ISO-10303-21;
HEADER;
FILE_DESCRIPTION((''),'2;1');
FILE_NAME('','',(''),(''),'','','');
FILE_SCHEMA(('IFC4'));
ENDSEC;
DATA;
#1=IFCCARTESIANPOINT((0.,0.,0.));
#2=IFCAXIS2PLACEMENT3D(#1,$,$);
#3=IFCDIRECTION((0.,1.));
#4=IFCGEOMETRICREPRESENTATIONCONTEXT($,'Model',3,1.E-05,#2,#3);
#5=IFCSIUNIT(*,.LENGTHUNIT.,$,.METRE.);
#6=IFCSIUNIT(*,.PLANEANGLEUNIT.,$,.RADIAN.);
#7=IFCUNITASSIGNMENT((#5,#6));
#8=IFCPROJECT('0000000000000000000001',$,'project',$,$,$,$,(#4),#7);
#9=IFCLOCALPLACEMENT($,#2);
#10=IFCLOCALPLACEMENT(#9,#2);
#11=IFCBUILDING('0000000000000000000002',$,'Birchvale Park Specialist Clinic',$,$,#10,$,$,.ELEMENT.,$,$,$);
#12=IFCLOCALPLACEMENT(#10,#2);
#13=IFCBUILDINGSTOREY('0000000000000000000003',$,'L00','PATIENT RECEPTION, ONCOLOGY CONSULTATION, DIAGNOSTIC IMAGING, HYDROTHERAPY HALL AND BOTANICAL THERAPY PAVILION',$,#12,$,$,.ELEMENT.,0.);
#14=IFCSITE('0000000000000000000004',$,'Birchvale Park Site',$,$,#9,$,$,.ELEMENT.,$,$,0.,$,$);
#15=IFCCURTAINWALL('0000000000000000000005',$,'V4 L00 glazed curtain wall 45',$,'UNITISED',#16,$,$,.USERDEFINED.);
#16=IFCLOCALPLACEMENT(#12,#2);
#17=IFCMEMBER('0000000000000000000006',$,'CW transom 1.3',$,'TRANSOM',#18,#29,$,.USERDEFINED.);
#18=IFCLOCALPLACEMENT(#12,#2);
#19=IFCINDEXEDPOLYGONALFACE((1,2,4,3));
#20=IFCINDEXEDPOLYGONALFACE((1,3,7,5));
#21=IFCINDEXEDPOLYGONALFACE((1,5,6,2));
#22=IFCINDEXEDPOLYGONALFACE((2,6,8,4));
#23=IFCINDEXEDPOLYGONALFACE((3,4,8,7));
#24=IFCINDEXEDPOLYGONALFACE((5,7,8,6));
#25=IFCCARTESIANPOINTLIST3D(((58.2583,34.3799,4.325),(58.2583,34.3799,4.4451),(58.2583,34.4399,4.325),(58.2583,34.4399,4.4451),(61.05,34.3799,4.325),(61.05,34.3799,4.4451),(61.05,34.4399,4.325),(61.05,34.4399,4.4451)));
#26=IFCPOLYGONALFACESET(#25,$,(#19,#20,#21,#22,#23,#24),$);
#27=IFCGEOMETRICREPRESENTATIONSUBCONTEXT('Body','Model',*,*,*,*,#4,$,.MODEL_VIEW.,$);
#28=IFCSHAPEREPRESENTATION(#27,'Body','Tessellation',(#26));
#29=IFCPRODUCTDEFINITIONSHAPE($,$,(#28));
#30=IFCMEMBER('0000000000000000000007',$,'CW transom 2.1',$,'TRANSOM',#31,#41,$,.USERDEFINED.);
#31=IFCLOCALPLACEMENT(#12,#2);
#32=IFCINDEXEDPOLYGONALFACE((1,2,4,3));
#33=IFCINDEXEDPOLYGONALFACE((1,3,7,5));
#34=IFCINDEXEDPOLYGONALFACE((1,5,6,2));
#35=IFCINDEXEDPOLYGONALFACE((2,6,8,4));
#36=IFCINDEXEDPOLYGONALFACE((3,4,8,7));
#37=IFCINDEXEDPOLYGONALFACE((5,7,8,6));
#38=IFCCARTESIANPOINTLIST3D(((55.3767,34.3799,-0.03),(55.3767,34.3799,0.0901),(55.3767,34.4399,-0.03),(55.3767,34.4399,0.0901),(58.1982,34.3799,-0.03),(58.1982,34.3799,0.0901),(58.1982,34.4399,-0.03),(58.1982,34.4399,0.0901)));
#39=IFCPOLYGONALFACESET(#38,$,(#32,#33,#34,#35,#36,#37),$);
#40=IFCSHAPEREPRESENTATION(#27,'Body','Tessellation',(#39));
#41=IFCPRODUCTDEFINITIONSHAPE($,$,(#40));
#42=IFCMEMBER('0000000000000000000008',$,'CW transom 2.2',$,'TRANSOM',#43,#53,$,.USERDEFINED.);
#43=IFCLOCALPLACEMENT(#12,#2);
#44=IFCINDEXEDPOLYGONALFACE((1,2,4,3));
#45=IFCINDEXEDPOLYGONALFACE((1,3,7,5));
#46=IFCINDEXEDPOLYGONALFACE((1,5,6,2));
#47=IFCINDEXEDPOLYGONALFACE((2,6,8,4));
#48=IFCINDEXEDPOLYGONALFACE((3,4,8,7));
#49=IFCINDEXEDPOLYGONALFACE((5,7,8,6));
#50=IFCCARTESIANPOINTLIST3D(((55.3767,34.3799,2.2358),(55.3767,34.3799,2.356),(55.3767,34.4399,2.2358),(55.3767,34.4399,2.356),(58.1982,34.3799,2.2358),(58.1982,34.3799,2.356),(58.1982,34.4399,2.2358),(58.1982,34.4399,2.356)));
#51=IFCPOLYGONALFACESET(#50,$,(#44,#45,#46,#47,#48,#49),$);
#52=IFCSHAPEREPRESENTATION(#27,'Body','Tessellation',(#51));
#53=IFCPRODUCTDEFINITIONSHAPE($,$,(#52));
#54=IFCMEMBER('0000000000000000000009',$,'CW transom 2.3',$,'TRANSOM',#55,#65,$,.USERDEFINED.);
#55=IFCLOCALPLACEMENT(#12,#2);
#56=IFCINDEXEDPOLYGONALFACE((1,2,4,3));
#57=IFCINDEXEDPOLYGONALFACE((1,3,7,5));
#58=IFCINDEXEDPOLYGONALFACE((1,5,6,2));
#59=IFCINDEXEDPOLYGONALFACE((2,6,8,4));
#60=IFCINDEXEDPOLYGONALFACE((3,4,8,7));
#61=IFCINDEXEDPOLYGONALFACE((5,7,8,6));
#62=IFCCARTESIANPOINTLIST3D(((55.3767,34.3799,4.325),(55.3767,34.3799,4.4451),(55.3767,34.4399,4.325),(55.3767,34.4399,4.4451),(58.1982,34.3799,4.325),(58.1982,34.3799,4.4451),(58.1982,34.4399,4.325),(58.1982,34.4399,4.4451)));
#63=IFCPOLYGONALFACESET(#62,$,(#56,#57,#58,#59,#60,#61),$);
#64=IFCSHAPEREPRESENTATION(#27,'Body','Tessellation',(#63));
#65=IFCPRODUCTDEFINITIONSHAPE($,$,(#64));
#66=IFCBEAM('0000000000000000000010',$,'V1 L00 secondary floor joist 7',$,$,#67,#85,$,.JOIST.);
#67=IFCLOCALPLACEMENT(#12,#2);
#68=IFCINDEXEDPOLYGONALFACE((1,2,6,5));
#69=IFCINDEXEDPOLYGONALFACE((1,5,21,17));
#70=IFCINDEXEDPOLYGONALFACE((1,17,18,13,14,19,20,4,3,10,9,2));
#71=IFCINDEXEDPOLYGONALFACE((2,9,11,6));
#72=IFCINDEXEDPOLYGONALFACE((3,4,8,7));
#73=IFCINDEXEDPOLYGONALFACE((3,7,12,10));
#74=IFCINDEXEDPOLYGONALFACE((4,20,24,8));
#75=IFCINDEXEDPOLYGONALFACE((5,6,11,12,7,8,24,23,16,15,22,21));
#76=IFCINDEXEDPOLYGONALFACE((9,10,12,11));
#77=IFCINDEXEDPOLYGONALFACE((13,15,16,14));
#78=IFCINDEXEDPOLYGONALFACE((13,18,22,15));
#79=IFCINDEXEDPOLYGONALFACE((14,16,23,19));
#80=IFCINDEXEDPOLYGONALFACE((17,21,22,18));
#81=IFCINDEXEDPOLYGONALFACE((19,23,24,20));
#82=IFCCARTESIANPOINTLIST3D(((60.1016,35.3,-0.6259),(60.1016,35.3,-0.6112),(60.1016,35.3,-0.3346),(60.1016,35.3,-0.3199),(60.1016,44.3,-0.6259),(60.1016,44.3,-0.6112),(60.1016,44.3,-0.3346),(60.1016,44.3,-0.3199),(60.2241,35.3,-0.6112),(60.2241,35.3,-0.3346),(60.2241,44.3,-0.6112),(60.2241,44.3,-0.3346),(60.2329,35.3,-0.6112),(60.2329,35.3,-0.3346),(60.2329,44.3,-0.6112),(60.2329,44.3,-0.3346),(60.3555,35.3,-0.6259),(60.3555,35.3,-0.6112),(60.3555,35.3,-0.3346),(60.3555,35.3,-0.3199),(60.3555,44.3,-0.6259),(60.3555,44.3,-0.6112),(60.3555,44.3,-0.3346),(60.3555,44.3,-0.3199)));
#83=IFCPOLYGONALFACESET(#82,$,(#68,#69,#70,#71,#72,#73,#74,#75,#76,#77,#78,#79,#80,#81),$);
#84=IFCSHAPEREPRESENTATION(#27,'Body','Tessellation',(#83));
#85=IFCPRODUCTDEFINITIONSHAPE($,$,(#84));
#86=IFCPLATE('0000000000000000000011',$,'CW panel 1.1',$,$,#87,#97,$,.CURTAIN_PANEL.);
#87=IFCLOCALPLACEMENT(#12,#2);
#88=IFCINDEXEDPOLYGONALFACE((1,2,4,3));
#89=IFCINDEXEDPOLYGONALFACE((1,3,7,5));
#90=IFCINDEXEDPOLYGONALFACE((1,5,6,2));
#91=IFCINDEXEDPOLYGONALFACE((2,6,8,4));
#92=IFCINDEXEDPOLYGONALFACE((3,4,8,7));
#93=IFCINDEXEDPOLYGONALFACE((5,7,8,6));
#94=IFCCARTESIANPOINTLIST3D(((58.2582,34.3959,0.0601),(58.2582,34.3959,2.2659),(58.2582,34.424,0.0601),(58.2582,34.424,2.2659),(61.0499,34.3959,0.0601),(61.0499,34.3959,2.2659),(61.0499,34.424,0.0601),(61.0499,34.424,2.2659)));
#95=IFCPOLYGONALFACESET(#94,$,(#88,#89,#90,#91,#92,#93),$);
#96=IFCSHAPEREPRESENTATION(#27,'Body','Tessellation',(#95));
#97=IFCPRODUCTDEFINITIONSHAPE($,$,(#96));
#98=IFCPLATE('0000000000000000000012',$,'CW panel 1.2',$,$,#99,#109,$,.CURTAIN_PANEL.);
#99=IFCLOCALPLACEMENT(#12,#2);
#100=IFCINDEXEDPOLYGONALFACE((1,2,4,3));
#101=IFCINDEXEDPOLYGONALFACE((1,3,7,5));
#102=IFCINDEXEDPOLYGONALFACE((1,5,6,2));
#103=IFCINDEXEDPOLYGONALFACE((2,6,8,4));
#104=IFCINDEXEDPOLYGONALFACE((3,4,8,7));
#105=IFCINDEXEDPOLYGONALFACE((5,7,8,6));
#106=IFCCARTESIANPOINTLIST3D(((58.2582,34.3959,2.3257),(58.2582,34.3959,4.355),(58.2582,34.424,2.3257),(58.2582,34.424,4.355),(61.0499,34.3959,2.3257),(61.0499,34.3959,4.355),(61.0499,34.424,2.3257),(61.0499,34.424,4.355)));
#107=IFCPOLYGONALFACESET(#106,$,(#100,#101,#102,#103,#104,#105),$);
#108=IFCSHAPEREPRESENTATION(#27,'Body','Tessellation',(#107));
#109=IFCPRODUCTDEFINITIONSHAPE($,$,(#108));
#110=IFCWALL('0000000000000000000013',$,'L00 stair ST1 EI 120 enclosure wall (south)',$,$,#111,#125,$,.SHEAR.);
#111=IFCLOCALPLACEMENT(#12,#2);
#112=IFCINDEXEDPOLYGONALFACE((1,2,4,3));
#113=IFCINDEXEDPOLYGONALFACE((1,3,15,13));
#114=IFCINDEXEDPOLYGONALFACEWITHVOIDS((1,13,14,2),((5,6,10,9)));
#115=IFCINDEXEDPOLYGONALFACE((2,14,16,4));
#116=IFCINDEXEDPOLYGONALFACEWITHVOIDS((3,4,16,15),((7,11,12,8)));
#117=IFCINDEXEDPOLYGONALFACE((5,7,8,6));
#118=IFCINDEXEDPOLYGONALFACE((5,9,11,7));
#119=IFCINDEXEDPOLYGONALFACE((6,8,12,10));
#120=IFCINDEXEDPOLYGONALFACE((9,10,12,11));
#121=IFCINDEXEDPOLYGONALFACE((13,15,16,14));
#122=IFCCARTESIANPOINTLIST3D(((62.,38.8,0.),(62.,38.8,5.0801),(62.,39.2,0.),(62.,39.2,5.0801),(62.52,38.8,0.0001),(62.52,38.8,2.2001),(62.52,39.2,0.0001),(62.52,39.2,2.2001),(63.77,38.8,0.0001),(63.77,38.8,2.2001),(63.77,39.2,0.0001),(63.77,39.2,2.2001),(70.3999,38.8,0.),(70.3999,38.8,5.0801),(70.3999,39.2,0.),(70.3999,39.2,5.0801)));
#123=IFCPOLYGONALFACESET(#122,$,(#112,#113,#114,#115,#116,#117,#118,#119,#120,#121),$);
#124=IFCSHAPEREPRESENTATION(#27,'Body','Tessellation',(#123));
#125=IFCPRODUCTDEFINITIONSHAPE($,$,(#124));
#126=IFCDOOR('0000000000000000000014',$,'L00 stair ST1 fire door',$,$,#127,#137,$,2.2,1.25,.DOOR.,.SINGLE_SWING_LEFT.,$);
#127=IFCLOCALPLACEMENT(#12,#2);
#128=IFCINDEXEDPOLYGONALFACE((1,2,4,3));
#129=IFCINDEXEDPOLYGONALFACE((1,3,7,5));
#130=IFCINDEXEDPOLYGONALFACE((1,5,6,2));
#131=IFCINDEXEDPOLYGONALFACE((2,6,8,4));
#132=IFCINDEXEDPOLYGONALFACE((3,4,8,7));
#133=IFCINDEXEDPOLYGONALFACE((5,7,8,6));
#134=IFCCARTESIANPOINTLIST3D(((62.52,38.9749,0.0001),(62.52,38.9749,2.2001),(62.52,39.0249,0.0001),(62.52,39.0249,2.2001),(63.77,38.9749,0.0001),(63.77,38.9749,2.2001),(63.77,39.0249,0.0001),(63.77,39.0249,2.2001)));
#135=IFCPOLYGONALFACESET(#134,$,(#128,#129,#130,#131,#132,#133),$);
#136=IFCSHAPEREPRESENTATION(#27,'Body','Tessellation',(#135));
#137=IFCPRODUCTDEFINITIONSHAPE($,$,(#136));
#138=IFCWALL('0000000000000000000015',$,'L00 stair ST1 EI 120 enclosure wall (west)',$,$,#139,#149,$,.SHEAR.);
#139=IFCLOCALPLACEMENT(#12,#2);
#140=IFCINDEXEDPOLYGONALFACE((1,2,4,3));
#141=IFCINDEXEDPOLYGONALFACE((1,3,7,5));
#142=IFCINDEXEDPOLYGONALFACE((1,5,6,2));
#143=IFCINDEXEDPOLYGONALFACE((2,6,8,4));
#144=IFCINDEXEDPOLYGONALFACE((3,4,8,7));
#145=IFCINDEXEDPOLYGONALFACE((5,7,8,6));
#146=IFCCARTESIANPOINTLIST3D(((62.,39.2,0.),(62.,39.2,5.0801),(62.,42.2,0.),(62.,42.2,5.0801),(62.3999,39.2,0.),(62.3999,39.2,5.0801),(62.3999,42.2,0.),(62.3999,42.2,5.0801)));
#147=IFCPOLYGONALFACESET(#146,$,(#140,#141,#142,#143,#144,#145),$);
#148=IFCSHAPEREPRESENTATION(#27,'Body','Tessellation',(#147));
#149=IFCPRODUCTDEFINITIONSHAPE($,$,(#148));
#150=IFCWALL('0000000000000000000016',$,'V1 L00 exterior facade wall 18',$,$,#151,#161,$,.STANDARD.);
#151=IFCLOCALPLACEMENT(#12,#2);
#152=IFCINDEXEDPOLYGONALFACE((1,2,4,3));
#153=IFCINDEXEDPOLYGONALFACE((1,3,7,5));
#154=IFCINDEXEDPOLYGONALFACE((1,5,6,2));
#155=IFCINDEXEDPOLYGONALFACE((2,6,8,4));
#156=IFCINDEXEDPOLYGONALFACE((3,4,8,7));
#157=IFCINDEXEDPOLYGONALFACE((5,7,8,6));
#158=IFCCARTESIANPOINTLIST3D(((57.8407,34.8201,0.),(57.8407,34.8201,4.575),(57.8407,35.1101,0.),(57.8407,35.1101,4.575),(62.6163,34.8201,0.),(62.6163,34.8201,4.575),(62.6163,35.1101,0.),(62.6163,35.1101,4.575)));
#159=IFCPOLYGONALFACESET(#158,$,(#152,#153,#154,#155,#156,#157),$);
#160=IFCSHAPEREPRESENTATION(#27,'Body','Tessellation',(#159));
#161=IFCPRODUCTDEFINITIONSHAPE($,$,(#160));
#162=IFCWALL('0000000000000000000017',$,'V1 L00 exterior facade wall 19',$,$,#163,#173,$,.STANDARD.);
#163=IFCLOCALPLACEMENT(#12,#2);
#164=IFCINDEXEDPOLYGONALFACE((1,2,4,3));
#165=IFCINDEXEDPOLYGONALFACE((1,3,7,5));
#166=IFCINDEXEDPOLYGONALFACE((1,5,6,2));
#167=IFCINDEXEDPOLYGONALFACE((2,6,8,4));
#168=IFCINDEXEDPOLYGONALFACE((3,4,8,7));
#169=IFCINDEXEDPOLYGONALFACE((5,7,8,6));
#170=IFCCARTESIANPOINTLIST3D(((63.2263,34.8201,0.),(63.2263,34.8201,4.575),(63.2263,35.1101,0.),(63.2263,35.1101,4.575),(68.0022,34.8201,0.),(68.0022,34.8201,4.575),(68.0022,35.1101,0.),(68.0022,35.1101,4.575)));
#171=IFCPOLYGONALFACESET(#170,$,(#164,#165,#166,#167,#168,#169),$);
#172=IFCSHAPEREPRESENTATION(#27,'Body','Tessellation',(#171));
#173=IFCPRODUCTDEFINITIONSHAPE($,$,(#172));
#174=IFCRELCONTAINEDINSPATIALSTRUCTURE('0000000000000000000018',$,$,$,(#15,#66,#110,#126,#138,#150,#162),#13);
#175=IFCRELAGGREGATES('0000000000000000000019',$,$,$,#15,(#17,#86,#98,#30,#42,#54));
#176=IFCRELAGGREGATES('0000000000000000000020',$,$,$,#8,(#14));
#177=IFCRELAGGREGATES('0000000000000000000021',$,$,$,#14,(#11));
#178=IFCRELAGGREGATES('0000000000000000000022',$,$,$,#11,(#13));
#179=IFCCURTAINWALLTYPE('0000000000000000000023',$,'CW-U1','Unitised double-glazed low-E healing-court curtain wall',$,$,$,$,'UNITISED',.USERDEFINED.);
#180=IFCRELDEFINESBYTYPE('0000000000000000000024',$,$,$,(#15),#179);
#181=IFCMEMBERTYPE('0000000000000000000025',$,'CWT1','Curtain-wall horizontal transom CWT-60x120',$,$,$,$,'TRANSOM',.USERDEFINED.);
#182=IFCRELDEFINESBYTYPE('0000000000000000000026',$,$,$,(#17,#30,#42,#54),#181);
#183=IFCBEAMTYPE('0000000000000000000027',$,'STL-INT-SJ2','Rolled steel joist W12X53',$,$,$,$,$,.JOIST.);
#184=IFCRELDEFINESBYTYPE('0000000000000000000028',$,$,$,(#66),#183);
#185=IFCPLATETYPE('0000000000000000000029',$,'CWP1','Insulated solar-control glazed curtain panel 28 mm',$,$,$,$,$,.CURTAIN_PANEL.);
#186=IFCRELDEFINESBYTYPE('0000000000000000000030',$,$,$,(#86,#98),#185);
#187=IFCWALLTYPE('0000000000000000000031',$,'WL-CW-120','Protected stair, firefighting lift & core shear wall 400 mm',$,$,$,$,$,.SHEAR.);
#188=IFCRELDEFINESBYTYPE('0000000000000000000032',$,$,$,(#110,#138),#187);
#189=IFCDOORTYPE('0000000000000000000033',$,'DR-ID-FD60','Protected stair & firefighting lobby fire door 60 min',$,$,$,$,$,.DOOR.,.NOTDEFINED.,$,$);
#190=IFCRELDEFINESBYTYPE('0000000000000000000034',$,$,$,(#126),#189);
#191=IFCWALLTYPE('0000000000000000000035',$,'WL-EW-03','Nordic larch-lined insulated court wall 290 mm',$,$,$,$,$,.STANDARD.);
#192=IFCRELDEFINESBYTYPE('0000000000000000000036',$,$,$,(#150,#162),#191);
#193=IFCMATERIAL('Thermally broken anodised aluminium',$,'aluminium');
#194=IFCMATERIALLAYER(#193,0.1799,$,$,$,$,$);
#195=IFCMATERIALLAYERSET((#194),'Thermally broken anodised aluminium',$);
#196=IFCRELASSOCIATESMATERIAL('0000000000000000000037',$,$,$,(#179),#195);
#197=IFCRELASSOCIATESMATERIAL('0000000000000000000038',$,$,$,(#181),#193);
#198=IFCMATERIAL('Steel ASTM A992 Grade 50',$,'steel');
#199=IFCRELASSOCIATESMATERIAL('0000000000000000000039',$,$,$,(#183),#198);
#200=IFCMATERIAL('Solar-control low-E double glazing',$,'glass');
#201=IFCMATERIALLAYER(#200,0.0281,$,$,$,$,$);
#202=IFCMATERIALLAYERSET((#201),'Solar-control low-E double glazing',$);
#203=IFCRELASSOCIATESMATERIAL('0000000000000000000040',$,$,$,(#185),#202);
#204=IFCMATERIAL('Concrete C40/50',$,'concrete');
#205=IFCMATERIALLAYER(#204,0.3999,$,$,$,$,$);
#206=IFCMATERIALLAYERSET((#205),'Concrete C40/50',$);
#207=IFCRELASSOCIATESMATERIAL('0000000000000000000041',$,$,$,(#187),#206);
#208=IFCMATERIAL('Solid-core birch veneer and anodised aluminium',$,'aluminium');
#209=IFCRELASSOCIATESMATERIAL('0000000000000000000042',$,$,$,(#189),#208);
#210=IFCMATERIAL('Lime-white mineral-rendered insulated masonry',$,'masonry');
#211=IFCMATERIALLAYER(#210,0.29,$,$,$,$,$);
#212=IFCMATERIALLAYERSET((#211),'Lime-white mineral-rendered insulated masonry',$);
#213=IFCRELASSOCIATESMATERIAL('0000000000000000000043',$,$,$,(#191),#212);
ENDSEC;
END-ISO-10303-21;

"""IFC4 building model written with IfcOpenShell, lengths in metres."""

from ifc_helpers import new_model, si_unit, direction, frame, frame_2d, origin, origin_2d, place, context, subcontext, project, spatial, rectangle, i_section, extrude, material, layer, layer_set, material_profile, profile_set, type_object, element, fill, aggregate, save


model = new_model("IFC4")

# Units and contexts
model_context = context("Model", 3, precision=1e-05, world=origin(), true_north=direction((0.0, 1.0)))
body_context = subcontext(model_context, "Body", "Model", "MODEL_VIEW")
ifc_project = project(units=[si_unit("LENGTHUNIT", "METRE"), si_unit("PLANEANGLEUNIT", "RADIAN")], contexts=[model_context])

# Site, building, storey
site_placement = place(None, origin())
site = spatial("IfcSite", under=ifc_project, at=site_placement, Name="Birchvale Park Site", CompositionType="ELEMENT", RefElevation=0.0)
building_placement = place(site_placement, origin())
building = spatial("IfcBuilding", under=site, at=building_placement, Name="Birchvale Park Specialist Clinic", CompositionType="ELEMENT")
storey_placement = place(building_placement, origin())
storey = spatial("IfcBuildingStorey", under=building, at=storey_placement, Name="L00", Description="PATIENT RECEPTION, ONCOLOGY CONSULTATION, DIAGNOSTIC IMAGING, HYDROTHERAPY HALL AND BOTANICAL THERAPY PAVILION", CompositionType="ELEMENT", Elevation=0.0)

# Shared definitions
ifc_material_1 = material(Name="Concrete C40/50", Category="concrete")

# Curtain wall, members
ifc_material_2 = material(Name="Thermally broken anodised aluminium", Category="aluminium")
ifc_layer_1 = layer(ifc_material_2, 0.1799)
ifc_layer_set_1 = layer_set([ifc_layer_1], Name="Thermally broken anodised aluminium")
curtain_wall_type = type_object("IfcCurtainWallType", Name="CW-U1", Description="Unitised double-glazed low-E healing-court curtain wall", ElementType="UNITISED", PredefinedType="USERDEFINED", material=ifc_layer_set_1)
curtain_wall_placement = place(storey_placement, origin())
curtain_wall = element("IfcCurtainWall", 1, at=curtain_wall_placement, inside=storey, type_object=curtain_wall_type, Name="V4 L00 glazed curtain wall 45", ObjectType="UNITISED", PredefinedType="USERDEFINED")
ifc_material_profile_1 = material_profile(ifc_material_2, rectangle(XDim=0.0601, YDim=0.1201, at=origin_2d()), Name="CWT-60x120")
ifc_profile_set_1 = profile_set([ifc_material_profile_1], Name="Thermally broken anodised aluminium")
member_type_1 = type_object("IfcMemberType", Name="CWT1", Description="Curtain-wall horizontal transom CWT-60x120", ElementType="TRANSOM", PredefinedType="USERDEFINED", material=ifc_profile_set_1)
member_1_placement = place(storey_placement, frame((61.05, 34.4099, 4.385), z_axis=(-1.0, 0.0, 0.0), x_axis=(0.0, -1.0, 0.0)))
member_1 = element("IfcMember", 2, at=member_1_placement, type_object=member_type_1, Name="CW transom 1.3", ObjectType="TRANSOM", PredefinedType="USERDEFINED", context=body_context, shape_type="SweptSolid", body=[
    extrude(rectangle(XDim=0.0601, YDim=0.1201, at=origin_2d()), origin(), (0.0, 0.0, 1.0), 2.7917),
])
member_2_placement = place(storey_placement, frame((58.1982, 34.4099, 0.03), z_axis=(-1.0, 0.0, 0.0), x_axis=(0.0, -1.0, 0.0)))
member_2 = element("IfcMember", 3, at=member_2_placement, type_object=member_type_1, Name="CW transom 2.1", ObjectType="TRANSOM", PredefinedType="USERDEFINED", context=body_context, shape_type="SweptSolid", body=[
    extrude(rectangle(XDim=0.0601, YDim=0.1201, at=origin_2d()), origin(), (0.0, 0.0, 1.0), 2.8215),
])
member_3_placement = place(storey_placement, frame((58.1982, 34.4099, 2.2959), z_axis=(-1.0, 0.0, 0.0), x_axis=(0.0, -1.0, 0.0)))
member_3 = element("IfcMember", 4, at=member_3_placement, type_object=member_type_1, Name="CW transom 2.2", ObjectType="TRANSOM", PredefinedType="USERDEFINED", context=body_context, shape_type="SweptSolid", body=[
    extrude(rectangle(XDim=0.0601, YDim=0.1201, at=origin_2d()), origin(), (0.0, 0.0, 1.0), 2.8215),
])
member_4_placement = place(storey_placement, frame((58.1982, 34.4099, 4.385), z_axis=(-1.0, 0.0, 0.0), x_axis=(0.0, -1.0, 0.0)))
member_4 = element("IfcMember", 5, at=member_4_placement, type_object=member_type_1, Name="CW transom 2.3", ObjectType="TRANSOM", PredefinedType="USERDEFINED", context=body_context, shape_type="SweptSolid", body=[
    extrude(rectangle(XDim=0.0601, YDim=0.1201, at=origin_2d()), origin(), (0.0, 0.0, 1.0), 2.8215),
])

# Beam
ifc_material_3 = material(Name="Steel ASTM A992 Grade 50", Category="steel")
ifc_material_profile_2 = material_profile(ifc_material_3, i_section(OverallWidth=0.2539, OverallDepth=0.3059, WebThickness=0.0088, FlangeThickness=0.0146, at=origin_2d()), Name="W12X53")
ifc_profile_set_2 = profile_set([ifc_material_profile_2], Name="Steel ASTM A992 Grade 50")
beam_type_1 = type_object("IfcBeamType", Name="STL-INT-SJ2", Description="Rolled steel joist W12X53", PredefinedType="JOIST", material=ifc_profile_set_2)
beam_1_placement = place(storey_placement, frame((60.2285, 35.3, -0.4729), z_axis=(0.0, 1.0, 0.0), x_axis=(-1.0, 0.0, 0.0)))
element("IfcBeam", 6, at=beam_1_placement, inside=storey, type_object=beam_type_1, Name="V1 L00 secondary floor joist 7", PredefinedType="JOIST", context=body_context, shape_type="SweptSolid", body=[
    extrude(i_section(OverallWidth=0.2539, OverallDepth=0.3059, WebThickness=0.0088, FlangeThickness=0.0146, at=origin_2d()), origin(), (0.0, 0.0, 1.0), 9.0),
])

# Plates
ifc_material_4 = material(Name="Solar-control low-E double glazing", Category="glass")
ifc_layer_2 = layer(ifc_material_4, 0.0281)
ifc_layer_set_2 = layer_set([ifc_layer_2], Name="Solar-control low-E double glazing")
plate_type = type_object("IfcPlateType", Name="CWP1", Description="Insulated solar-control glazed curtain panel 28 mm", PredefinedType="CURTAIN_PANEL", material=ifc_layer_set_2)
plate_1_placement = place(storey_placement, frame((59.6541, 34.4099, 0.0601), z_axis=(0.0, 0.0, 1.0), x_axis=(-1.0, 0.0, 0.0)))
plate_1 = element("IfcPlate", 7, at=plate_1_placement, type_object=plate_type, Name="CW panel 1.1", PredefinedType="CURTAIN_PANEL", context=body_context, shape_type="SweptSolid", body=[
    extrude(rectangle(XDim=2.7917, YDim=0.0281, at=origin_2d()), origin(), (0.0, 0.0, 1.0), 2.2058),
])
plate_2_placement = place(storey_placement, frame((59.6541, 34.4099, 2.3257), z_axis=(0.0, 0.0, 1.0), x_axis=(-1.0, 0.0, 0.0)))
plate_2 = element("IfcPlate", 8, at=plate_2_placement, type_object=plate_type, Name="CW panel 1.2", PredefinedType="CURTAIN_PANEL", context=body_context, shape_type="SweptSolid", body=[
    extrude(rectangle(XDim=2.7917, YDim=0.0281, at=origin_2d()), origin(), (0.0, 0.0, 1.0), 2.0293),
])
aggregate(curtain_wall, [member_1, plate_1, plate_2, member_2, member_3, member_4])

# Wall, opening, door
ifc_layer_3 = layer(ifc_material_1, 0.3999)
ifc_layer_set_3 = layer_set([ifc_layer_3], Name="Concrete C40/50")
wall_type_1 = type_object("IfcWallType", Name="WL-CW-120", Description="Protected stair, firefighting lift & core shear wall 400 mm", PredefinedType="SHEAR", material=ifc_layer_set_3)
wall_1_placement = place(storey_placement, frame((62.0, 39.0, 0.0), z_axis=(0.0, 0.0, 1.0), x_axis=(1.0, 0.0, 0.0)))
wall_1 = element("IfcWall", 9, at=wall_1_placement, inside=storey, type_object=wall_type_1, Name="L00 stair ST1 EI 120 enclosure wall (south)", PredefinedType="SHEAR", context=body_context, shape_type="SweptSolid", body=[
    extrude(rectangle(XDim=8.3999, YDim=0.3999, at=frame_2d((4.2, 0.0))), origin(), (0.0, 0.0, 1.0), 5.0801),
])
opening_placement = place(wall_1_placement, frame((0.52, 0.0, 0.0)))
opening = element("IfcOpeningElement", 10, at=opening_placement, cuts=wall_1, PredefinedType="OPENING", context=body_context, shape_type="SweptSolid", body=[
    extrude(rectangle(XDim=1.25, YDim=2.2, at=frame_2d((0.625, 1.1001))), frame((0.0, 0.21, 0.0), z_axis=(0.0, -1.0, 0.0), x_axis=(1.0, 0.0, 0.0)), (0.0, 0.0, 1.0), 0.4199),
])
ifc_material_5 = material(Name="Solid-core birch veneer and anodised aluminium", Category="aluminium")
door_type = type_object("IfcDoorType", Name="DR-ID-FD60", Description="Protected stair & firefighting lobby fire door 60 min", OperationType="NOTDEFINED", PredefinedType="DOOR", material=ifc_material_5)
door_placement = place(opening_placement, origin())
door = element("IfcDoor", 11, at=door_placement, inside=storey, type_object=door_type, Name="L00 stair ST1 fire door", OperationType="SINGLE_SWING_LEFT", OverallHeight=2.2, OverallWidth=1.25, PredefinedType="DOOR", context=body_context, shape_type="SweptSolid", body=[
    extrude(rectangle(XDim=1.25, YDim=2.2, at=frame_2d((0.625, 1.1001))), frame((0.0, 0.0249, 0.0), z_axis=(0.0, -1.0, 0.0), x_axis=(1.0, 0.0, 0.0)), (0.0, 0.0, 1.0), 0.05),
])
fill(opening, door)

# Walls
wall_2_placement = place(storey_placement, frame((62.2, 39.2, 0.0), z_axis=(0.0, 0.0, 1.0), x_axis=(0.0, 1.0, 0.0)))
element("IfcWall", 12, at=wall_2_placement, inside=storey, type_object=wall_type_1, Name="L00 stair ST1 EI 120 enclosure wall (west)", PredefinedType="SHEAR", context=body_context, shape_type="SweptSolid", body=[
    extrude(rectangle(XDim=3.0, YDim=0.3999, at=frame_2d((1.5, 0.0))), origin(), (0.0, 0.0, 1.0), 5.0801),
])
ifc_material_6 = material(Name="Lime-white mineral-rendered insulated masonry", Category="masonry")
ifc_layer_4 = layer(ifc_material_6, 0.29)
ifc_layer_set_4 = layer_set([ifc_layer_4], Name="Lime-white mineral-rendered insulated masonry")
wall_type_2 = type_object("IfcWallType", Name="WL-EW-03", Description="Nordic larch-lined insulated court wall 290 mm", PredefinedType="STANDARD", material=ifc_layer_set_4)
wall_3_placement = place(storey_placement, frame((57.8408, 34.9651, 0.0), z_axis=(0.0, 0.0, 1.0), x_axis=(1.0, 0.0, 0.0)))
element("IfcWall", 13, at=wall_3_placement, inside=storey, type_object=wall_type_2, Name="V1 L00 exterior facade wall 18", PredefinedType="STANDARD", context=body_context, shape_type="SweptSolid", body=[
    extrude(rectangle(XDim=4.7756, YDim=0.29, at=frame_2d((2.3877, 0.0))), origin(), (0.0, 0.0, 1.0), 4.575),
])
wall_4_placement = place(storey_placement, frame((63.2263, 34.9651, 0.0), z_axis=(0.0, 0.0, 1.0), x_axis=(1.0, 0.0, 0.0)))
element("IfcWall", 14, at=wall_4_placement, inside=storey, type_object=wall_type_2, Name="V1 L00 exterior facade wall 19", PredefinedType="STANDARD", context=body_context, shape_type="SweptSolid", body=[
    extrude(rectangle(XDim=4.7759, YDim=0.29, at=frame_2d((2.3879, 0.0))), origin(), (0.0, 0.0, 1.0), 4.575),
])

save(model, "model.ifc")
